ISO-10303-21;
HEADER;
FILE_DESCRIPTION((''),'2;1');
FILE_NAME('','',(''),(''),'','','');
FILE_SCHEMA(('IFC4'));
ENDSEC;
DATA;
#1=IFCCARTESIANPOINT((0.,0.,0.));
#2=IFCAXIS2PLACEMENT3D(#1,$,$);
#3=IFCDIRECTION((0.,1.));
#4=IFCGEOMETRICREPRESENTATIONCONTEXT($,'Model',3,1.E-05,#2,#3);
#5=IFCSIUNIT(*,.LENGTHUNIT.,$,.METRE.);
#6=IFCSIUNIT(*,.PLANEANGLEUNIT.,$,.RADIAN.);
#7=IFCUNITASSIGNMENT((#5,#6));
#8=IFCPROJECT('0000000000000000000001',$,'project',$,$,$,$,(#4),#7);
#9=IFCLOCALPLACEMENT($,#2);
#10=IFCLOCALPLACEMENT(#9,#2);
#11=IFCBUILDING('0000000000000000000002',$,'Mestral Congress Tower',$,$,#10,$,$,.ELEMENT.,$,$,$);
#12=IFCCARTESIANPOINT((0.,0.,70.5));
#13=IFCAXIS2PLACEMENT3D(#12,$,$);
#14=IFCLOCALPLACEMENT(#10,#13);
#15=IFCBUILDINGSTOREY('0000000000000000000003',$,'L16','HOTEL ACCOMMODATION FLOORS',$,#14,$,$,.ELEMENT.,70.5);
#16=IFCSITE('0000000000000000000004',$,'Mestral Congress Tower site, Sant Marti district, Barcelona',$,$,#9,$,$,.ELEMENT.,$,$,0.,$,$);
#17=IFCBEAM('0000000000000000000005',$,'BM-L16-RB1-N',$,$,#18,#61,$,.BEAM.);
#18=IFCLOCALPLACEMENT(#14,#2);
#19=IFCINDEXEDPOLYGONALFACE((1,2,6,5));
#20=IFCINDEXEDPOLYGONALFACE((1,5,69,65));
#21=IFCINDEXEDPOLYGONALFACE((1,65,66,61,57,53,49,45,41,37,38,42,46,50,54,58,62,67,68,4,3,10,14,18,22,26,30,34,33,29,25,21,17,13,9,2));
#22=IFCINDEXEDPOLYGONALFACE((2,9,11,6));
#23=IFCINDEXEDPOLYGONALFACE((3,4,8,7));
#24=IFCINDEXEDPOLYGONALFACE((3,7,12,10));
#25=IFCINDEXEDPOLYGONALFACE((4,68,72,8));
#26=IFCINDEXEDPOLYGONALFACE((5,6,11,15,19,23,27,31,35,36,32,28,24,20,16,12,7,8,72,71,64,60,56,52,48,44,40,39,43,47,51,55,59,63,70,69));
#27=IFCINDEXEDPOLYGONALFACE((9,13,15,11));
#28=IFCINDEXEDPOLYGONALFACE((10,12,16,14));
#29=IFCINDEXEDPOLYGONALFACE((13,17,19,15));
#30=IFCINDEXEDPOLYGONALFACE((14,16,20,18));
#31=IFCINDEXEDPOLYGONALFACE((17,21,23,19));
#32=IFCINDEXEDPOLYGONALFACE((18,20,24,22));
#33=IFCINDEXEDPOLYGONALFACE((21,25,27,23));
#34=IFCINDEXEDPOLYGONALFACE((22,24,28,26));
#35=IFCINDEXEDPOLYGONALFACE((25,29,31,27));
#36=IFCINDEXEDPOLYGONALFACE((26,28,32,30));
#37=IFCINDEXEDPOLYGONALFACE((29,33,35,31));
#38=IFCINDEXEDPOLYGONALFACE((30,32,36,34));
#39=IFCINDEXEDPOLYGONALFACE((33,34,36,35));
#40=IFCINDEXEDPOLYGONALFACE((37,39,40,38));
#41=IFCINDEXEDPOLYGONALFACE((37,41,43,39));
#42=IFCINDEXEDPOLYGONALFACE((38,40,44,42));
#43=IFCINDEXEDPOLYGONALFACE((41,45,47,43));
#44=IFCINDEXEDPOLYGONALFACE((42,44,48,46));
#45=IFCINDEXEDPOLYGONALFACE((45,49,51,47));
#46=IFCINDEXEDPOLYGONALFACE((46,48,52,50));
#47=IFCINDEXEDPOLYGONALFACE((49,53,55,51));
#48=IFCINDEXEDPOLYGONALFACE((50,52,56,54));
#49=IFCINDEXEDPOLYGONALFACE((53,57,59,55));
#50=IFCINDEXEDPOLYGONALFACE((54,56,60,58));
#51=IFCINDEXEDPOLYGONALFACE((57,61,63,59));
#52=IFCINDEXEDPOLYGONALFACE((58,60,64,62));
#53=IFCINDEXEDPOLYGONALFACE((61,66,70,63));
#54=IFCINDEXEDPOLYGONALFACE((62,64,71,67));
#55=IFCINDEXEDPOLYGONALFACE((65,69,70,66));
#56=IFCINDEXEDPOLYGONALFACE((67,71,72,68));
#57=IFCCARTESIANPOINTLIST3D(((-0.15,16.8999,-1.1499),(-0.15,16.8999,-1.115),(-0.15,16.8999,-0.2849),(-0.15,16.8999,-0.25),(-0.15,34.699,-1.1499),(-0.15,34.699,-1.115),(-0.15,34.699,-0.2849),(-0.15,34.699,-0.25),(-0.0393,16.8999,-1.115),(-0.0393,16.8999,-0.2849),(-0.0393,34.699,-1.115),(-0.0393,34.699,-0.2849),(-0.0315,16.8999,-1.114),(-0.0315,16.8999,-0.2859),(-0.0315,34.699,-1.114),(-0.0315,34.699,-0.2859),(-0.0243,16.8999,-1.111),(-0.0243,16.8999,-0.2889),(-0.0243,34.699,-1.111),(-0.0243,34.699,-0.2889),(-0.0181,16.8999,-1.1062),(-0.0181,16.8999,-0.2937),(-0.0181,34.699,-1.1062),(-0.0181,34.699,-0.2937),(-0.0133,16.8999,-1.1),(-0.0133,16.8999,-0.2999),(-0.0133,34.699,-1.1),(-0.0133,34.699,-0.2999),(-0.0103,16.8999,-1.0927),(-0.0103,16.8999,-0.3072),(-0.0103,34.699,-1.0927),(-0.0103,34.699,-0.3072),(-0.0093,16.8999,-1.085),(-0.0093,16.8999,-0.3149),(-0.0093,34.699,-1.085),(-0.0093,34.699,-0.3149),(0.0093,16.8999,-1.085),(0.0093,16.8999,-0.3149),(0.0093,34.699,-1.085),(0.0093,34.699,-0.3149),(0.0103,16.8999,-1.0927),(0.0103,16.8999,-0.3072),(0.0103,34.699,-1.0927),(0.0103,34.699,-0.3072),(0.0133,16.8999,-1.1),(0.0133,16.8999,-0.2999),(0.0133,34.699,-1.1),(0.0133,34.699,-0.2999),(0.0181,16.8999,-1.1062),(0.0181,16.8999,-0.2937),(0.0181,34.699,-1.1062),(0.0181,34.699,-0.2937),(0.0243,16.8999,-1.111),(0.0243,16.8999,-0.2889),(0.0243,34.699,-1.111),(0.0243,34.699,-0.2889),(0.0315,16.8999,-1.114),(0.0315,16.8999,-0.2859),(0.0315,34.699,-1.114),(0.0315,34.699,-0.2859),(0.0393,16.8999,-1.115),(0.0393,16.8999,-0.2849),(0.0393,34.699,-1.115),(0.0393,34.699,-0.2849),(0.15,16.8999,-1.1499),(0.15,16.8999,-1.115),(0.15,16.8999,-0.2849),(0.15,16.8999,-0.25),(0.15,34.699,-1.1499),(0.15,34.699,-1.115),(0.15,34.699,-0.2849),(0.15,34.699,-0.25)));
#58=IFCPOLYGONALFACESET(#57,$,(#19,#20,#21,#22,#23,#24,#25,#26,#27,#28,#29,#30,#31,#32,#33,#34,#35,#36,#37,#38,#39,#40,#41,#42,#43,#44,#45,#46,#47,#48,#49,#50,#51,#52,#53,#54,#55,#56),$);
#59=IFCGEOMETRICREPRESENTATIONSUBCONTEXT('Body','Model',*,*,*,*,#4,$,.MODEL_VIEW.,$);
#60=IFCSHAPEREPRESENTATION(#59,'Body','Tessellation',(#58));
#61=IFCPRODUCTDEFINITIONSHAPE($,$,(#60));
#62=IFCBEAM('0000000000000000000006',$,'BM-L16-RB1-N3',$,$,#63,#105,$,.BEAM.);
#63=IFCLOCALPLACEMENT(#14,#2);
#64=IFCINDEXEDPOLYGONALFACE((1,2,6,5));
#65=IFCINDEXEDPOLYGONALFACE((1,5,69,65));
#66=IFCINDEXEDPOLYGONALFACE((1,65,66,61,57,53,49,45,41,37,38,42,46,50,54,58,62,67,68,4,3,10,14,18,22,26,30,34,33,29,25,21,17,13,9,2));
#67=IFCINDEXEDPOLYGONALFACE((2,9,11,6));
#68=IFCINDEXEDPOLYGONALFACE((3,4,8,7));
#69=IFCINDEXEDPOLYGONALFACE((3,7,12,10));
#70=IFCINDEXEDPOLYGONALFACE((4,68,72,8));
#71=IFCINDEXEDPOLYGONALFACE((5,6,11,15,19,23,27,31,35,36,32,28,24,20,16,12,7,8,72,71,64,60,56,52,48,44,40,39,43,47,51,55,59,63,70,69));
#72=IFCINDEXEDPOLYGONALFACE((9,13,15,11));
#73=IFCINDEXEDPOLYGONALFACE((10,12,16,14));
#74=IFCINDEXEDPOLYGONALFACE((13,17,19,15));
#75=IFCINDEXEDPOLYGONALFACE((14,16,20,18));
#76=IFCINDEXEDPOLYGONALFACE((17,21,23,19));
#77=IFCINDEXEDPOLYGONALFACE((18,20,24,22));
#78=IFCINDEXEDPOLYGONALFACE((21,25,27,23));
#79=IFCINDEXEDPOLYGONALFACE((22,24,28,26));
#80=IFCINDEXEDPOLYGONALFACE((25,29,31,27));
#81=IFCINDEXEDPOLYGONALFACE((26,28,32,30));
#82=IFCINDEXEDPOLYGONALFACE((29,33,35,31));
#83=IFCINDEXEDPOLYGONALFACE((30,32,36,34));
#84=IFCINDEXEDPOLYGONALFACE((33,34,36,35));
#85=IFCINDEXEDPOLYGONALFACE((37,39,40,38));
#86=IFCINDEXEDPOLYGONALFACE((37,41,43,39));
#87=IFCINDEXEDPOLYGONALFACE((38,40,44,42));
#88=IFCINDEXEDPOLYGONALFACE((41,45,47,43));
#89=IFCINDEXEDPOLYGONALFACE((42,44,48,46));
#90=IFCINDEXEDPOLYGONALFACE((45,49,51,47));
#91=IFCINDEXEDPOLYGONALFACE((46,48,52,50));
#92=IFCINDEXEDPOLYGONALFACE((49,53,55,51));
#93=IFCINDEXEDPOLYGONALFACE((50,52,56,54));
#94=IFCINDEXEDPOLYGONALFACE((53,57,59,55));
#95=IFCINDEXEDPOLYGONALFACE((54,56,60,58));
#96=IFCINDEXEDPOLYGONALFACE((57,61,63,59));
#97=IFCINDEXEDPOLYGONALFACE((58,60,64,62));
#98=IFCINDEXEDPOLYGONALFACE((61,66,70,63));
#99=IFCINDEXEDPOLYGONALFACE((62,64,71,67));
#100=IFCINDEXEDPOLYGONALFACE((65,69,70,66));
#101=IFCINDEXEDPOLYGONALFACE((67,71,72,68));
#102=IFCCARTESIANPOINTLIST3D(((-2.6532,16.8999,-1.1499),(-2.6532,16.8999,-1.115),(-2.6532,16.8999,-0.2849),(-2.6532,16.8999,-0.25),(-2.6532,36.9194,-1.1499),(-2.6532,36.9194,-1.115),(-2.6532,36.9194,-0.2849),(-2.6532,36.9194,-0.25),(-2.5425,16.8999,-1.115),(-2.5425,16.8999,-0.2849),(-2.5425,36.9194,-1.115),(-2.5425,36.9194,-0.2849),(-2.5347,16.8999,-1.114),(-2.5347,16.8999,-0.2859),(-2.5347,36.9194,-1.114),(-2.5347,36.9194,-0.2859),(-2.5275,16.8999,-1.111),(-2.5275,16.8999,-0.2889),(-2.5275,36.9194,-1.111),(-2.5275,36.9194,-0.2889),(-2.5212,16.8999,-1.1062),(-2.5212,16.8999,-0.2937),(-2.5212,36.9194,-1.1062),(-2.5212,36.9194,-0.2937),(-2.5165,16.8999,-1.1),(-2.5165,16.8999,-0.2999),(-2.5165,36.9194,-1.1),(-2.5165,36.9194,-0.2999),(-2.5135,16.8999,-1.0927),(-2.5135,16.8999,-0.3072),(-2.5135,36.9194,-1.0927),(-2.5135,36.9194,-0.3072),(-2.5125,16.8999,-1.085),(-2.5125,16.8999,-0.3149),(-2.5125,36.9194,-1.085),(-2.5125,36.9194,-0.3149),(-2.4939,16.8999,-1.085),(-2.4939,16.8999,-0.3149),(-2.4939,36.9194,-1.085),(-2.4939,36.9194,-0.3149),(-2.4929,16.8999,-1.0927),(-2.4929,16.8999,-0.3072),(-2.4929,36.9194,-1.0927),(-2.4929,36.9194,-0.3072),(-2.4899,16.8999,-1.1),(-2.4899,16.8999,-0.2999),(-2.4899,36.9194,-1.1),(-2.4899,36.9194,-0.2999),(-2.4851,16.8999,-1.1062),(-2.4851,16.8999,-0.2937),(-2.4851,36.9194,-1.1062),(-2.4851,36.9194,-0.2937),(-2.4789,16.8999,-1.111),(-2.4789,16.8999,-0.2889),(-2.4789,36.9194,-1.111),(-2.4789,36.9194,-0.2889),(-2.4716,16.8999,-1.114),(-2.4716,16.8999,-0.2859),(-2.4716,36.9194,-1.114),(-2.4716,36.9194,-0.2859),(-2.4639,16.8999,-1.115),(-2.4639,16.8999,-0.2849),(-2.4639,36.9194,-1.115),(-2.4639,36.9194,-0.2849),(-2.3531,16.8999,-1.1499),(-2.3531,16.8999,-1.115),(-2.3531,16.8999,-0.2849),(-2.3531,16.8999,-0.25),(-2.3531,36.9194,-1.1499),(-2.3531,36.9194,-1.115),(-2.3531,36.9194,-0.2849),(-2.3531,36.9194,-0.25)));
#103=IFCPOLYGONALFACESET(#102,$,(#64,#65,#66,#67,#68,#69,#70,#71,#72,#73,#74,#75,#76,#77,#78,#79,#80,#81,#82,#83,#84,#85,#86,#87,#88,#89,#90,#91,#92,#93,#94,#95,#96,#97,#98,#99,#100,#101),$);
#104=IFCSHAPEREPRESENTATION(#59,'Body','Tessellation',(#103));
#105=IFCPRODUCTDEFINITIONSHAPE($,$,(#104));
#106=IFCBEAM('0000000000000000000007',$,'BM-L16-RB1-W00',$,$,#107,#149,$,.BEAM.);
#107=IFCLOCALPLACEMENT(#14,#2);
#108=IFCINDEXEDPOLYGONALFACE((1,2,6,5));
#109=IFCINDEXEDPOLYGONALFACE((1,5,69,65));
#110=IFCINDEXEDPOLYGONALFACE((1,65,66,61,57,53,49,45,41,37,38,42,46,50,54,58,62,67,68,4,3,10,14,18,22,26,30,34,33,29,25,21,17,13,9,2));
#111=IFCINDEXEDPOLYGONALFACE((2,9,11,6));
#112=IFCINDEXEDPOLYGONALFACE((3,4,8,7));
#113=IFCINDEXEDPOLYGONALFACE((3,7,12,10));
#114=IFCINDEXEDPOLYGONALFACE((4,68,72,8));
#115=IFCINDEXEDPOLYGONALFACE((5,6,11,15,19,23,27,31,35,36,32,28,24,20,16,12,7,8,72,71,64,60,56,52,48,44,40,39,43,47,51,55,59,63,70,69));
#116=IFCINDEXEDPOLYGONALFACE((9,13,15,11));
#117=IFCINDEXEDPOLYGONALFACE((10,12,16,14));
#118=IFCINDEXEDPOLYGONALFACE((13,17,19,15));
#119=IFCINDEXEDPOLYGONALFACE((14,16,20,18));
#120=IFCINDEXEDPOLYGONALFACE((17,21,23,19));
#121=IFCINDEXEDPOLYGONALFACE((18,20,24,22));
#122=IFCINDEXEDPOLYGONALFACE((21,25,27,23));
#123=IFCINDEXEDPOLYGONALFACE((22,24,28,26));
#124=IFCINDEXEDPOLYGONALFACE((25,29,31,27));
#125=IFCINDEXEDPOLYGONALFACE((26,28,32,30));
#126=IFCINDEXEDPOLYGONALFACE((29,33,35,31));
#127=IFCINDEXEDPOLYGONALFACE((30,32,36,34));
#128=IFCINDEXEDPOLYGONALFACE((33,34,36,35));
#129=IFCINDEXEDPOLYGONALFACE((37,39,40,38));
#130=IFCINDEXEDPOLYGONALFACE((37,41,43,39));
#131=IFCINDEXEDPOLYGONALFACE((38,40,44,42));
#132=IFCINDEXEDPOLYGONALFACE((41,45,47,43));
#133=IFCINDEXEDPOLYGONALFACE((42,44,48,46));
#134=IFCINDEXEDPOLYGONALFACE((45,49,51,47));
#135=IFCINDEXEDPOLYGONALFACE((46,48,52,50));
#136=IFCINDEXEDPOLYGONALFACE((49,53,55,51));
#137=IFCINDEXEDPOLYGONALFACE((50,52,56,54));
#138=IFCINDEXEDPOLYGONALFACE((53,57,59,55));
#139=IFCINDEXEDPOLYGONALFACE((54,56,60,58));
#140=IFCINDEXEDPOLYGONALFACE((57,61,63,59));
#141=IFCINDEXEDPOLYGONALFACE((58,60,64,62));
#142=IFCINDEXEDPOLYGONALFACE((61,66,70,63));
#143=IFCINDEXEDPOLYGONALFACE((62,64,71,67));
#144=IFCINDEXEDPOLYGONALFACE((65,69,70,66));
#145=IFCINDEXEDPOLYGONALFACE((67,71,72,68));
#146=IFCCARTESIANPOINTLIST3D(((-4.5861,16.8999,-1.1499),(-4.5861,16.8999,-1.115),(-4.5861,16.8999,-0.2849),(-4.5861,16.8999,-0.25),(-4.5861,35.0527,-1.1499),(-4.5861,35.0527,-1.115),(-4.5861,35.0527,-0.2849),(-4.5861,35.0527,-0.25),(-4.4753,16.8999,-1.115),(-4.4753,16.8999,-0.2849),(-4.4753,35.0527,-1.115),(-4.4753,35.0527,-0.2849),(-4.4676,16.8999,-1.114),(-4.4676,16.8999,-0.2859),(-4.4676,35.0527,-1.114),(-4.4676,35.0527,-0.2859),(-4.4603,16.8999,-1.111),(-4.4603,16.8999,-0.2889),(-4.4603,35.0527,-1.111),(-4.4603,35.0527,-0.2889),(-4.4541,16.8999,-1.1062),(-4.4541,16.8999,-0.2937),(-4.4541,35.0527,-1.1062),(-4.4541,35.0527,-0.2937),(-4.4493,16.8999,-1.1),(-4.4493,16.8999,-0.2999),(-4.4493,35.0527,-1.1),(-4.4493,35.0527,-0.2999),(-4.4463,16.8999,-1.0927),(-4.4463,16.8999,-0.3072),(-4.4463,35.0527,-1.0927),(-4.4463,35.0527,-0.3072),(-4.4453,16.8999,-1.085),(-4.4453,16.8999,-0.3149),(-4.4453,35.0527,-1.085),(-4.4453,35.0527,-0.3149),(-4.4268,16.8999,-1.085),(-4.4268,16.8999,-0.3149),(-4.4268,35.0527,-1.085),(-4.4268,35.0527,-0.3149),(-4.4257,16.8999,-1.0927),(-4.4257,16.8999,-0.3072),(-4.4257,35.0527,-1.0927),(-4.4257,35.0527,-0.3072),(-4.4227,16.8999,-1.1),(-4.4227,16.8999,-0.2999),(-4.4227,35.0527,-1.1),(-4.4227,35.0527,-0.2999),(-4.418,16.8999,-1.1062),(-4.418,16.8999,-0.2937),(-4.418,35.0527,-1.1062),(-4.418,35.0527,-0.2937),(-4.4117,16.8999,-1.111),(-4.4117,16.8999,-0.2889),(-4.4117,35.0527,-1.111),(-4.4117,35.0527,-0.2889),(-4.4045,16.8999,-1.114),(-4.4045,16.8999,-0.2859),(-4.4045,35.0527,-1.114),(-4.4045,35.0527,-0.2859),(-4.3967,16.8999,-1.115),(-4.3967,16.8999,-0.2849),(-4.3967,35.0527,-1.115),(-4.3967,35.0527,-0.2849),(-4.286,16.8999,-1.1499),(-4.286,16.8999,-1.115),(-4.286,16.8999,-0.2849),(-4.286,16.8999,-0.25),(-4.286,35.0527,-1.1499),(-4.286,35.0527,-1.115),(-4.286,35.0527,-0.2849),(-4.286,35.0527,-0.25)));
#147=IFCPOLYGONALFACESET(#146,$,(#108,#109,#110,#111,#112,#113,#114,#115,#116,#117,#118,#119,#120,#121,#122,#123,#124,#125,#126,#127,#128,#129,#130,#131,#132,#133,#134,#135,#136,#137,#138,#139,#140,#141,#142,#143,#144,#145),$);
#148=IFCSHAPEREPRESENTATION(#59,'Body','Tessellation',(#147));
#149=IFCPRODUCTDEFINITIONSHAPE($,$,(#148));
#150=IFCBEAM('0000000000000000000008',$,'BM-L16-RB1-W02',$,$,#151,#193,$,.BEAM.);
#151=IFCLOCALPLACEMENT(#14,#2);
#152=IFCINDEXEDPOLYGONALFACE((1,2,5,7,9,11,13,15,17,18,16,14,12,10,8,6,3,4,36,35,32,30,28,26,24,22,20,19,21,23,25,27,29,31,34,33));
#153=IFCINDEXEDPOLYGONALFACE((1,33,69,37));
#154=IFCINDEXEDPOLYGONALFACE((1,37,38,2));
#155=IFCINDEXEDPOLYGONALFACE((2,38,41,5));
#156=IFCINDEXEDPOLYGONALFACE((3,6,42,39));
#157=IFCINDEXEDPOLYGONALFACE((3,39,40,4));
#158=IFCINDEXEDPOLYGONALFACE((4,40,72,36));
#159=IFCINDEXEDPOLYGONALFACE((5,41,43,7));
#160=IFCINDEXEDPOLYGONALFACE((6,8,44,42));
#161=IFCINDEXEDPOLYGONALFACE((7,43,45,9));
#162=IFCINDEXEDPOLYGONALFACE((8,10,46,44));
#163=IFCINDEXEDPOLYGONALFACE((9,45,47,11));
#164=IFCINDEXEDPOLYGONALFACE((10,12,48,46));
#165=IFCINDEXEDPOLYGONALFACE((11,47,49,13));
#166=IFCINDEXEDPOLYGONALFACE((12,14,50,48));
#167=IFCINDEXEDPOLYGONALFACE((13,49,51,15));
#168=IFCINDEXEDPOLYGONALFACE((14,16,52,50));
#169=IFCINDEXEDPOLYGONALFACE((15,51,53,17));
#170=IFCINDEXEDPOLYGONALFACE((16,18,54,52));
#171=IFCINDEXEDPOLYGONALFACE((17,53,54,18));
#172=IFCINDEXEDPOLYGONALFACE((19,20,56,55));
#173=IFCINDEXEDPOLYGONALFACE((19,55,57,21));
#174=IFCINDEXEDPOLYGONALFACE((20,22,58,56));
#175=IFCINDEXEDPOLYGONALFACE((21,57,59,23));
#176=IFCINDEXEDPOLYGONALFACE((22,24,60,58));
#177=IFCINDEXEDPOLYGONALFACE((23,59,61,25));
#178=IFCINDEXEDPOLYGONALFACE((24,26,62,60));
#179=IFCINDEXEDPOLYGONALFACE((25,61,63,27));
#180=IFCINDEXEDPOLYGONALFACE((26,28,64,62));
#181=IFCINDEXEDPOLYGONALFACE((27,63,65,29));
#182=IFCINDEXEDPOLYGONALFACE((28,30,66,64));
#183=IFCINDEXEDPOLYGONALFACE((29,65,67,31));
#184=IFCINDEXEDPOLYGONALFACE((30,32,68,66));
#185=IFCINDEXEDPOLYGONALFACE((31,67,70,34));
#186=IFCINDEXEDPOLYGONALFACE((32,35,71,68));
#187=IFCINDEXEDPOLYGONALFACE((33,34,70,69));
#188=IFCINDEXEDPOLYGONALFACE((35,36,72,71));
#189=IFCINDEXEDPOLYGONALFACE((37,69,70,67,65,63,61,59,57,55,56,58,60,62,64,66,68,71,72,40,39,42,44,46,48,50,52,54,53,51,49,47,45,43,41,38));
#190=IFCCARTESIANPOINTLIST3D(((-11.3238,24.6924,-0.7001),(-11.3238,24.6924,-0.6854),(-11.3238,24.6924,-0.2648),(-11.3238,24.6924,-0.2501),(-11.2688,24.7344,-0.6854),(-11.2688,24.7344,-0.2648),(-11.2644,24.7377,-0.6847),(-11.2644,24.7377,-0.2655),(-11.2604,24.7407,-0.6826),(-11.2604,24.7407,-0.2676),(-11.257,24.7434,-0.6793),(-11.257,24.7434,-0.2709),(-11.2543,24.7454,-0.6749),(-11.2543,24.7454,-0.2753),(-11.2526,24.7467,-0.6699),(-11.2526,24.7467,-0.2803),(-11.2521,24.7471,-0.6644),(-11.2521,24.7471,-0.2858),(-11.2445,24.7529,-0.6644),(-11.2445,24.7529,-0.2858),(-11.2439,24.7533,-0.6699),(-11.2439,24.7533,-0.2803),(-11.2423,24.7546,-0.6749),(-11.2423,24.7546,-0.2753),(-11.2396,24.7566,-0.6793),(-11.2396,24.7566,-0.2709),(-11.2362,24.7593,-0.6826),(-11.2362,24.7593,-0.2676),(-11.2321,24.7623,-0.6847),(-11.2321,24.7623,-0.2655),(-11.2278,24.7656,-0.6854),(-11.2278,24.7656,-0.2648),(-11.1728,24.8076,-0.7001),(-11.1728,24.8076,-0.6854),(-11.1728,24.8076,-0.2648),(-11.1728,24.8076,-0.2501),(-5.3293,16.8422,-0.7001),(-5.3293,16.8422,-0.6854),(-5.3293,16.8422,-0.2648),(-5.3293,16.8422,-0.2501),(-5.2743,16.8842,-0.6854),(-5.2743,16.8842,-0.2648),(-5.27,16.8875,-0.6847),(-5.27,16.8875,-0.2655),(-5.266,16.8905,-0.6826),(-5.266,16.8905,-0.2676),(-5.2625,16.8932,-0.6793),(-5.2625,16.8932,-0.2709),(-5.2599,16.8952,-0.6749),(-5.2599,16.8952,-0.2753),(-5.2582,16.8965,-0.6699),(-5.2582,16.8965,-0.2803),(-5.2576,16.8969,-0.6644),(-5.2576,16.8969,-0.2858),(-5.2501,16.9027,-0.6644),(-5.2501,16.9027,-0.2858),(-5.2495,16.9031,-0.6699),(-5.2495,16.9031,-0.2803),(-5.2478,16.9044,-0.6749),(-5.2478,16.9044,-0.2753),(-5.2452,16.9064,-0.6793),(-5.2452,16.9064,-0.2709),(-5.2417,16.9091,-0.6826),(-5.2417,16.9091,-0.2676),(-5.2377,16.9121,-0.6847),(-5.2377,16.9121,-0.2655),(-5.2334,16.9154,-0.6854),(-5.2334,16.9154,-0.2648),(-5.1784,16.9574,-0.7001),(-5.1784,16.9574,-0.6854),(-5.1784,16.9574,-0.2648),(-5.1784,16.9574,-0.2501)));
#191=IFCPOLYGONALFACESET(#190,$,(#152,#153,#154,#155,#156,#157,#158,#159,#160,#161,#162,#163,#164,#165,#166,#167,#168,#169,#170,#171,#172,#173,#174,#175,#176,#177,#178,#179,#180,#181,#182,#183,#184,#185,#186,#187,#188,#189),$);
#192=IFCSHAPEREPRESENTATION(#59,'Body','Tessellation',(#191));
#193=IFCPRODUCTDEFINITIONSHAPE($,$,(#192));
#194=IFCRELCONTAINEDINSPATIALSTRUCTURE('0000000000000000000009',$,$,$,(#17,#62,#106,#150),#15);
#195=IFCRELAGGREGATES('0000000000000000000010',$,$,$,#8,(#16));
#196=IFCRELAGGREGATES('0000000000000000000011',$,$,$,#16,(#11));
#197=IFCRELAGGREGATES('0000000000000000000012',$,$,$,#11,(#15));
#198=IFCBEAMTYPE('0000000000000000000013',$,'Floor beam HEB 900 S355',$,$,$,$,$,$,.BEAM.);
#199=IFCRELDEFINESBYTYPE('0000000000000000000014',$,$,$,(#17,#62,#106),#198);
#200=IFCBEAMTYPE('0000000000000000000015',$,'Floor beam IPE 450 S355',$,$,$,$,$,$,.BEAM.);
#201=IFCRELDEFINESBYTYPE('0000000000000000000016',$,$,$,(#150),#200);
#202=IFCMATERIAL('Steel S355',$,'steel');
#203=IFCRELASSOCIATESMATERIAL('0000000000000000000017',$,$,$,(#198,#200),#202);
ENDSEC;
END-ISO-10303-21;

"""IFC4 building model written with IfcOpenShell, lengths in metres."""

from ifc_helpers import new_model, si_unit, direction, frame, origin, origin_2d, place, context, subcontext, project, spatial, i_section, extrude, material, material_profile, profile_set, type_object, element, save


model = new_model("IFC4")

# Units and contexts
model_context = context("Model", 3, precision=1e-05, world=origin(), true_north=direction((0.0, 1.0)))
body_context = subcontext(model_context, "Body", "Model", "MODEL_VIEW")
ifc_project = project(units=[si_unit("LENGTHUNIT", "METRE"), si_unit("PLANEANGLEUNIT", "RADIAN")], contexts=[model_context])

# Site, building, storey
site_placement = place(None, origin())
site = spatial("IfcSite", under=ifc_project, at=site_placement, Name="Mestral Congress Tower site, Sant Marti district, Barcelona", CompositionType="ELEMENT", RefElevation=0.0)
building_placement = place(site_placement, origin())
building = spatial("IfcBuilding", under=site, at=building_placement, Name="Mestral Congress Tower", CompositionType="ELEMENT")
storey_placement = place(building_placement, frame((0.0, 0.0, 70.5)))
storey = spatial("IfcBuildingStorey", under=building, at=storey_placement, Name="L16", Description="HOTEL ACCOMMODATION FLOORS", CompositionType="ELEMENT", Elevation=70.5)

# Beams
ifc_material_1 = material(Name="Steel S355", Category="steel")
ifc_material_profile_1 = material_profile(ifc_material_1, i_section(OverallWidth=0.3, OverallDepth=0.8999, WebThickness=0.0186, FlangeThickness=0.0349, FilletRadius=0.03, at=origin_2d()), Name="HEB 900")
ifc_profile_set_1 = profile_set([ifc_material_profile_1], Name="Steel S355")
beam_type_1 = type_object("IfcBeamType", Name="Floor beam HEB 900 S355", PredefinedType="BEAM", material=ifc_profile_set_1)
beam_1_placement = place(storey_placement, frame((0.0, 34.699, -0.7), z_axis=(0.0, -1.0, 0.0), x_axis=(1.0, 0.0, 0.0)))
element("IfcBeam", 1, at=beam_1_placement, inside=storey, type_object=beam_type_1, Name="BM-L16-RB1-N", PredefinedType="BEAM", context=body_context, shape_type="SweptSolid", body=[
    extrude(i_section(OverallWidth=0.3, OverallDepth=0.8999, WebThickness=0.0186, FlangeThickness=0.0349, FilletRadius=0.03, at=origin_2d()), origin(), (0.0, 0.0, 1.0), 17.7991),
])
beam_2_placement = place(storey_placement, frame((-2.5032, 36.9194, -0.7), z_axis=(0.0, -1.0, 0.0), x_axis=(1.0, 0.0, 0.0)))
element("IfcBeam", 2, at=beam_2_placement, inside=storey, type_object=beam_type_1, Name="BM-L16-RB1-N3", PredefinedType="BEAM", context=body_context, shape_type="SweptSolid", body=[
    extrude(i_section(OverallWidth=0.3, OverallDepth=0.8999, WebThickness=0.0186, FlangeThickness=0.0349, FilletRadius=0.03, at=origin_2d()), origin(), (0.0, 0.0, 1.0), 20.0195),
])
beam_3_placement = place(storey_placement, frame((-4.436, 35.0527, -0.7), z_axis=(0.0, -1.0, 0.0), x_axis=(1.0, 0.0, 0.0)))
element("IfcBeam", 3, at=beam_3_placement, inside=storey, type_object=beam_type_1, Name="BM-L16-RB1-W00", PredefinedType="BEAM", context=body_context, shape_type="SweptSolid", body=[
    extrude(i_section(OverallWidth=0.3, OverallDepth=0.8999, WebThickness=0.0186, FlangeThickness=0.0349, FilletRadius=0.03, at=origin_2d()), origin(), (0.0, 0.0, 1.0), 18.1528),
])
ifc_material_profile_2 = material_profile(ifc_material_1, i_section(OverallWidth=0.1899, OverallDepth=0.45, WebThickness=0.0095, FlangeThickness=0.0146, FilletRadius=0.021, at=origin_2d()), Name="IPE 450")
ifc_profile_set_2 = profile_set([ifc_material_profile_2], Name="Steel S355")
beam_type_2 = type_object("IfcBeamType", Name="Floor beam IPE 450 S355", PredefinedType="BEAM", material=ifc_profile_set_2)
beam_4_placement = place(storey_placement, frame((-11.2483, 24.75, -0.4751), z_axis=(0.606899, -0.794779, 0.0), x_axis=(0.794779, 0.606899, 0.0)))
element("IfcBeam", 4, at=beam_4_placement, inside=storey, type_object=beam_type_2, Name="BM-L16-RB1-W02", PredefinedType="BEAM", context=body_context, shape_type="SweptSolid", body=[
    extrude(i_section(OverallWidth=0.1899, OverallDepth=0.45, WebThickness=0.0095, FlangeThickness=0.0146, FilletRadius=0.021, at=origin_2d()), origin(), (0.0, 0.0, 1.0), 9.8772),
])

save(model, "model.ifc")
